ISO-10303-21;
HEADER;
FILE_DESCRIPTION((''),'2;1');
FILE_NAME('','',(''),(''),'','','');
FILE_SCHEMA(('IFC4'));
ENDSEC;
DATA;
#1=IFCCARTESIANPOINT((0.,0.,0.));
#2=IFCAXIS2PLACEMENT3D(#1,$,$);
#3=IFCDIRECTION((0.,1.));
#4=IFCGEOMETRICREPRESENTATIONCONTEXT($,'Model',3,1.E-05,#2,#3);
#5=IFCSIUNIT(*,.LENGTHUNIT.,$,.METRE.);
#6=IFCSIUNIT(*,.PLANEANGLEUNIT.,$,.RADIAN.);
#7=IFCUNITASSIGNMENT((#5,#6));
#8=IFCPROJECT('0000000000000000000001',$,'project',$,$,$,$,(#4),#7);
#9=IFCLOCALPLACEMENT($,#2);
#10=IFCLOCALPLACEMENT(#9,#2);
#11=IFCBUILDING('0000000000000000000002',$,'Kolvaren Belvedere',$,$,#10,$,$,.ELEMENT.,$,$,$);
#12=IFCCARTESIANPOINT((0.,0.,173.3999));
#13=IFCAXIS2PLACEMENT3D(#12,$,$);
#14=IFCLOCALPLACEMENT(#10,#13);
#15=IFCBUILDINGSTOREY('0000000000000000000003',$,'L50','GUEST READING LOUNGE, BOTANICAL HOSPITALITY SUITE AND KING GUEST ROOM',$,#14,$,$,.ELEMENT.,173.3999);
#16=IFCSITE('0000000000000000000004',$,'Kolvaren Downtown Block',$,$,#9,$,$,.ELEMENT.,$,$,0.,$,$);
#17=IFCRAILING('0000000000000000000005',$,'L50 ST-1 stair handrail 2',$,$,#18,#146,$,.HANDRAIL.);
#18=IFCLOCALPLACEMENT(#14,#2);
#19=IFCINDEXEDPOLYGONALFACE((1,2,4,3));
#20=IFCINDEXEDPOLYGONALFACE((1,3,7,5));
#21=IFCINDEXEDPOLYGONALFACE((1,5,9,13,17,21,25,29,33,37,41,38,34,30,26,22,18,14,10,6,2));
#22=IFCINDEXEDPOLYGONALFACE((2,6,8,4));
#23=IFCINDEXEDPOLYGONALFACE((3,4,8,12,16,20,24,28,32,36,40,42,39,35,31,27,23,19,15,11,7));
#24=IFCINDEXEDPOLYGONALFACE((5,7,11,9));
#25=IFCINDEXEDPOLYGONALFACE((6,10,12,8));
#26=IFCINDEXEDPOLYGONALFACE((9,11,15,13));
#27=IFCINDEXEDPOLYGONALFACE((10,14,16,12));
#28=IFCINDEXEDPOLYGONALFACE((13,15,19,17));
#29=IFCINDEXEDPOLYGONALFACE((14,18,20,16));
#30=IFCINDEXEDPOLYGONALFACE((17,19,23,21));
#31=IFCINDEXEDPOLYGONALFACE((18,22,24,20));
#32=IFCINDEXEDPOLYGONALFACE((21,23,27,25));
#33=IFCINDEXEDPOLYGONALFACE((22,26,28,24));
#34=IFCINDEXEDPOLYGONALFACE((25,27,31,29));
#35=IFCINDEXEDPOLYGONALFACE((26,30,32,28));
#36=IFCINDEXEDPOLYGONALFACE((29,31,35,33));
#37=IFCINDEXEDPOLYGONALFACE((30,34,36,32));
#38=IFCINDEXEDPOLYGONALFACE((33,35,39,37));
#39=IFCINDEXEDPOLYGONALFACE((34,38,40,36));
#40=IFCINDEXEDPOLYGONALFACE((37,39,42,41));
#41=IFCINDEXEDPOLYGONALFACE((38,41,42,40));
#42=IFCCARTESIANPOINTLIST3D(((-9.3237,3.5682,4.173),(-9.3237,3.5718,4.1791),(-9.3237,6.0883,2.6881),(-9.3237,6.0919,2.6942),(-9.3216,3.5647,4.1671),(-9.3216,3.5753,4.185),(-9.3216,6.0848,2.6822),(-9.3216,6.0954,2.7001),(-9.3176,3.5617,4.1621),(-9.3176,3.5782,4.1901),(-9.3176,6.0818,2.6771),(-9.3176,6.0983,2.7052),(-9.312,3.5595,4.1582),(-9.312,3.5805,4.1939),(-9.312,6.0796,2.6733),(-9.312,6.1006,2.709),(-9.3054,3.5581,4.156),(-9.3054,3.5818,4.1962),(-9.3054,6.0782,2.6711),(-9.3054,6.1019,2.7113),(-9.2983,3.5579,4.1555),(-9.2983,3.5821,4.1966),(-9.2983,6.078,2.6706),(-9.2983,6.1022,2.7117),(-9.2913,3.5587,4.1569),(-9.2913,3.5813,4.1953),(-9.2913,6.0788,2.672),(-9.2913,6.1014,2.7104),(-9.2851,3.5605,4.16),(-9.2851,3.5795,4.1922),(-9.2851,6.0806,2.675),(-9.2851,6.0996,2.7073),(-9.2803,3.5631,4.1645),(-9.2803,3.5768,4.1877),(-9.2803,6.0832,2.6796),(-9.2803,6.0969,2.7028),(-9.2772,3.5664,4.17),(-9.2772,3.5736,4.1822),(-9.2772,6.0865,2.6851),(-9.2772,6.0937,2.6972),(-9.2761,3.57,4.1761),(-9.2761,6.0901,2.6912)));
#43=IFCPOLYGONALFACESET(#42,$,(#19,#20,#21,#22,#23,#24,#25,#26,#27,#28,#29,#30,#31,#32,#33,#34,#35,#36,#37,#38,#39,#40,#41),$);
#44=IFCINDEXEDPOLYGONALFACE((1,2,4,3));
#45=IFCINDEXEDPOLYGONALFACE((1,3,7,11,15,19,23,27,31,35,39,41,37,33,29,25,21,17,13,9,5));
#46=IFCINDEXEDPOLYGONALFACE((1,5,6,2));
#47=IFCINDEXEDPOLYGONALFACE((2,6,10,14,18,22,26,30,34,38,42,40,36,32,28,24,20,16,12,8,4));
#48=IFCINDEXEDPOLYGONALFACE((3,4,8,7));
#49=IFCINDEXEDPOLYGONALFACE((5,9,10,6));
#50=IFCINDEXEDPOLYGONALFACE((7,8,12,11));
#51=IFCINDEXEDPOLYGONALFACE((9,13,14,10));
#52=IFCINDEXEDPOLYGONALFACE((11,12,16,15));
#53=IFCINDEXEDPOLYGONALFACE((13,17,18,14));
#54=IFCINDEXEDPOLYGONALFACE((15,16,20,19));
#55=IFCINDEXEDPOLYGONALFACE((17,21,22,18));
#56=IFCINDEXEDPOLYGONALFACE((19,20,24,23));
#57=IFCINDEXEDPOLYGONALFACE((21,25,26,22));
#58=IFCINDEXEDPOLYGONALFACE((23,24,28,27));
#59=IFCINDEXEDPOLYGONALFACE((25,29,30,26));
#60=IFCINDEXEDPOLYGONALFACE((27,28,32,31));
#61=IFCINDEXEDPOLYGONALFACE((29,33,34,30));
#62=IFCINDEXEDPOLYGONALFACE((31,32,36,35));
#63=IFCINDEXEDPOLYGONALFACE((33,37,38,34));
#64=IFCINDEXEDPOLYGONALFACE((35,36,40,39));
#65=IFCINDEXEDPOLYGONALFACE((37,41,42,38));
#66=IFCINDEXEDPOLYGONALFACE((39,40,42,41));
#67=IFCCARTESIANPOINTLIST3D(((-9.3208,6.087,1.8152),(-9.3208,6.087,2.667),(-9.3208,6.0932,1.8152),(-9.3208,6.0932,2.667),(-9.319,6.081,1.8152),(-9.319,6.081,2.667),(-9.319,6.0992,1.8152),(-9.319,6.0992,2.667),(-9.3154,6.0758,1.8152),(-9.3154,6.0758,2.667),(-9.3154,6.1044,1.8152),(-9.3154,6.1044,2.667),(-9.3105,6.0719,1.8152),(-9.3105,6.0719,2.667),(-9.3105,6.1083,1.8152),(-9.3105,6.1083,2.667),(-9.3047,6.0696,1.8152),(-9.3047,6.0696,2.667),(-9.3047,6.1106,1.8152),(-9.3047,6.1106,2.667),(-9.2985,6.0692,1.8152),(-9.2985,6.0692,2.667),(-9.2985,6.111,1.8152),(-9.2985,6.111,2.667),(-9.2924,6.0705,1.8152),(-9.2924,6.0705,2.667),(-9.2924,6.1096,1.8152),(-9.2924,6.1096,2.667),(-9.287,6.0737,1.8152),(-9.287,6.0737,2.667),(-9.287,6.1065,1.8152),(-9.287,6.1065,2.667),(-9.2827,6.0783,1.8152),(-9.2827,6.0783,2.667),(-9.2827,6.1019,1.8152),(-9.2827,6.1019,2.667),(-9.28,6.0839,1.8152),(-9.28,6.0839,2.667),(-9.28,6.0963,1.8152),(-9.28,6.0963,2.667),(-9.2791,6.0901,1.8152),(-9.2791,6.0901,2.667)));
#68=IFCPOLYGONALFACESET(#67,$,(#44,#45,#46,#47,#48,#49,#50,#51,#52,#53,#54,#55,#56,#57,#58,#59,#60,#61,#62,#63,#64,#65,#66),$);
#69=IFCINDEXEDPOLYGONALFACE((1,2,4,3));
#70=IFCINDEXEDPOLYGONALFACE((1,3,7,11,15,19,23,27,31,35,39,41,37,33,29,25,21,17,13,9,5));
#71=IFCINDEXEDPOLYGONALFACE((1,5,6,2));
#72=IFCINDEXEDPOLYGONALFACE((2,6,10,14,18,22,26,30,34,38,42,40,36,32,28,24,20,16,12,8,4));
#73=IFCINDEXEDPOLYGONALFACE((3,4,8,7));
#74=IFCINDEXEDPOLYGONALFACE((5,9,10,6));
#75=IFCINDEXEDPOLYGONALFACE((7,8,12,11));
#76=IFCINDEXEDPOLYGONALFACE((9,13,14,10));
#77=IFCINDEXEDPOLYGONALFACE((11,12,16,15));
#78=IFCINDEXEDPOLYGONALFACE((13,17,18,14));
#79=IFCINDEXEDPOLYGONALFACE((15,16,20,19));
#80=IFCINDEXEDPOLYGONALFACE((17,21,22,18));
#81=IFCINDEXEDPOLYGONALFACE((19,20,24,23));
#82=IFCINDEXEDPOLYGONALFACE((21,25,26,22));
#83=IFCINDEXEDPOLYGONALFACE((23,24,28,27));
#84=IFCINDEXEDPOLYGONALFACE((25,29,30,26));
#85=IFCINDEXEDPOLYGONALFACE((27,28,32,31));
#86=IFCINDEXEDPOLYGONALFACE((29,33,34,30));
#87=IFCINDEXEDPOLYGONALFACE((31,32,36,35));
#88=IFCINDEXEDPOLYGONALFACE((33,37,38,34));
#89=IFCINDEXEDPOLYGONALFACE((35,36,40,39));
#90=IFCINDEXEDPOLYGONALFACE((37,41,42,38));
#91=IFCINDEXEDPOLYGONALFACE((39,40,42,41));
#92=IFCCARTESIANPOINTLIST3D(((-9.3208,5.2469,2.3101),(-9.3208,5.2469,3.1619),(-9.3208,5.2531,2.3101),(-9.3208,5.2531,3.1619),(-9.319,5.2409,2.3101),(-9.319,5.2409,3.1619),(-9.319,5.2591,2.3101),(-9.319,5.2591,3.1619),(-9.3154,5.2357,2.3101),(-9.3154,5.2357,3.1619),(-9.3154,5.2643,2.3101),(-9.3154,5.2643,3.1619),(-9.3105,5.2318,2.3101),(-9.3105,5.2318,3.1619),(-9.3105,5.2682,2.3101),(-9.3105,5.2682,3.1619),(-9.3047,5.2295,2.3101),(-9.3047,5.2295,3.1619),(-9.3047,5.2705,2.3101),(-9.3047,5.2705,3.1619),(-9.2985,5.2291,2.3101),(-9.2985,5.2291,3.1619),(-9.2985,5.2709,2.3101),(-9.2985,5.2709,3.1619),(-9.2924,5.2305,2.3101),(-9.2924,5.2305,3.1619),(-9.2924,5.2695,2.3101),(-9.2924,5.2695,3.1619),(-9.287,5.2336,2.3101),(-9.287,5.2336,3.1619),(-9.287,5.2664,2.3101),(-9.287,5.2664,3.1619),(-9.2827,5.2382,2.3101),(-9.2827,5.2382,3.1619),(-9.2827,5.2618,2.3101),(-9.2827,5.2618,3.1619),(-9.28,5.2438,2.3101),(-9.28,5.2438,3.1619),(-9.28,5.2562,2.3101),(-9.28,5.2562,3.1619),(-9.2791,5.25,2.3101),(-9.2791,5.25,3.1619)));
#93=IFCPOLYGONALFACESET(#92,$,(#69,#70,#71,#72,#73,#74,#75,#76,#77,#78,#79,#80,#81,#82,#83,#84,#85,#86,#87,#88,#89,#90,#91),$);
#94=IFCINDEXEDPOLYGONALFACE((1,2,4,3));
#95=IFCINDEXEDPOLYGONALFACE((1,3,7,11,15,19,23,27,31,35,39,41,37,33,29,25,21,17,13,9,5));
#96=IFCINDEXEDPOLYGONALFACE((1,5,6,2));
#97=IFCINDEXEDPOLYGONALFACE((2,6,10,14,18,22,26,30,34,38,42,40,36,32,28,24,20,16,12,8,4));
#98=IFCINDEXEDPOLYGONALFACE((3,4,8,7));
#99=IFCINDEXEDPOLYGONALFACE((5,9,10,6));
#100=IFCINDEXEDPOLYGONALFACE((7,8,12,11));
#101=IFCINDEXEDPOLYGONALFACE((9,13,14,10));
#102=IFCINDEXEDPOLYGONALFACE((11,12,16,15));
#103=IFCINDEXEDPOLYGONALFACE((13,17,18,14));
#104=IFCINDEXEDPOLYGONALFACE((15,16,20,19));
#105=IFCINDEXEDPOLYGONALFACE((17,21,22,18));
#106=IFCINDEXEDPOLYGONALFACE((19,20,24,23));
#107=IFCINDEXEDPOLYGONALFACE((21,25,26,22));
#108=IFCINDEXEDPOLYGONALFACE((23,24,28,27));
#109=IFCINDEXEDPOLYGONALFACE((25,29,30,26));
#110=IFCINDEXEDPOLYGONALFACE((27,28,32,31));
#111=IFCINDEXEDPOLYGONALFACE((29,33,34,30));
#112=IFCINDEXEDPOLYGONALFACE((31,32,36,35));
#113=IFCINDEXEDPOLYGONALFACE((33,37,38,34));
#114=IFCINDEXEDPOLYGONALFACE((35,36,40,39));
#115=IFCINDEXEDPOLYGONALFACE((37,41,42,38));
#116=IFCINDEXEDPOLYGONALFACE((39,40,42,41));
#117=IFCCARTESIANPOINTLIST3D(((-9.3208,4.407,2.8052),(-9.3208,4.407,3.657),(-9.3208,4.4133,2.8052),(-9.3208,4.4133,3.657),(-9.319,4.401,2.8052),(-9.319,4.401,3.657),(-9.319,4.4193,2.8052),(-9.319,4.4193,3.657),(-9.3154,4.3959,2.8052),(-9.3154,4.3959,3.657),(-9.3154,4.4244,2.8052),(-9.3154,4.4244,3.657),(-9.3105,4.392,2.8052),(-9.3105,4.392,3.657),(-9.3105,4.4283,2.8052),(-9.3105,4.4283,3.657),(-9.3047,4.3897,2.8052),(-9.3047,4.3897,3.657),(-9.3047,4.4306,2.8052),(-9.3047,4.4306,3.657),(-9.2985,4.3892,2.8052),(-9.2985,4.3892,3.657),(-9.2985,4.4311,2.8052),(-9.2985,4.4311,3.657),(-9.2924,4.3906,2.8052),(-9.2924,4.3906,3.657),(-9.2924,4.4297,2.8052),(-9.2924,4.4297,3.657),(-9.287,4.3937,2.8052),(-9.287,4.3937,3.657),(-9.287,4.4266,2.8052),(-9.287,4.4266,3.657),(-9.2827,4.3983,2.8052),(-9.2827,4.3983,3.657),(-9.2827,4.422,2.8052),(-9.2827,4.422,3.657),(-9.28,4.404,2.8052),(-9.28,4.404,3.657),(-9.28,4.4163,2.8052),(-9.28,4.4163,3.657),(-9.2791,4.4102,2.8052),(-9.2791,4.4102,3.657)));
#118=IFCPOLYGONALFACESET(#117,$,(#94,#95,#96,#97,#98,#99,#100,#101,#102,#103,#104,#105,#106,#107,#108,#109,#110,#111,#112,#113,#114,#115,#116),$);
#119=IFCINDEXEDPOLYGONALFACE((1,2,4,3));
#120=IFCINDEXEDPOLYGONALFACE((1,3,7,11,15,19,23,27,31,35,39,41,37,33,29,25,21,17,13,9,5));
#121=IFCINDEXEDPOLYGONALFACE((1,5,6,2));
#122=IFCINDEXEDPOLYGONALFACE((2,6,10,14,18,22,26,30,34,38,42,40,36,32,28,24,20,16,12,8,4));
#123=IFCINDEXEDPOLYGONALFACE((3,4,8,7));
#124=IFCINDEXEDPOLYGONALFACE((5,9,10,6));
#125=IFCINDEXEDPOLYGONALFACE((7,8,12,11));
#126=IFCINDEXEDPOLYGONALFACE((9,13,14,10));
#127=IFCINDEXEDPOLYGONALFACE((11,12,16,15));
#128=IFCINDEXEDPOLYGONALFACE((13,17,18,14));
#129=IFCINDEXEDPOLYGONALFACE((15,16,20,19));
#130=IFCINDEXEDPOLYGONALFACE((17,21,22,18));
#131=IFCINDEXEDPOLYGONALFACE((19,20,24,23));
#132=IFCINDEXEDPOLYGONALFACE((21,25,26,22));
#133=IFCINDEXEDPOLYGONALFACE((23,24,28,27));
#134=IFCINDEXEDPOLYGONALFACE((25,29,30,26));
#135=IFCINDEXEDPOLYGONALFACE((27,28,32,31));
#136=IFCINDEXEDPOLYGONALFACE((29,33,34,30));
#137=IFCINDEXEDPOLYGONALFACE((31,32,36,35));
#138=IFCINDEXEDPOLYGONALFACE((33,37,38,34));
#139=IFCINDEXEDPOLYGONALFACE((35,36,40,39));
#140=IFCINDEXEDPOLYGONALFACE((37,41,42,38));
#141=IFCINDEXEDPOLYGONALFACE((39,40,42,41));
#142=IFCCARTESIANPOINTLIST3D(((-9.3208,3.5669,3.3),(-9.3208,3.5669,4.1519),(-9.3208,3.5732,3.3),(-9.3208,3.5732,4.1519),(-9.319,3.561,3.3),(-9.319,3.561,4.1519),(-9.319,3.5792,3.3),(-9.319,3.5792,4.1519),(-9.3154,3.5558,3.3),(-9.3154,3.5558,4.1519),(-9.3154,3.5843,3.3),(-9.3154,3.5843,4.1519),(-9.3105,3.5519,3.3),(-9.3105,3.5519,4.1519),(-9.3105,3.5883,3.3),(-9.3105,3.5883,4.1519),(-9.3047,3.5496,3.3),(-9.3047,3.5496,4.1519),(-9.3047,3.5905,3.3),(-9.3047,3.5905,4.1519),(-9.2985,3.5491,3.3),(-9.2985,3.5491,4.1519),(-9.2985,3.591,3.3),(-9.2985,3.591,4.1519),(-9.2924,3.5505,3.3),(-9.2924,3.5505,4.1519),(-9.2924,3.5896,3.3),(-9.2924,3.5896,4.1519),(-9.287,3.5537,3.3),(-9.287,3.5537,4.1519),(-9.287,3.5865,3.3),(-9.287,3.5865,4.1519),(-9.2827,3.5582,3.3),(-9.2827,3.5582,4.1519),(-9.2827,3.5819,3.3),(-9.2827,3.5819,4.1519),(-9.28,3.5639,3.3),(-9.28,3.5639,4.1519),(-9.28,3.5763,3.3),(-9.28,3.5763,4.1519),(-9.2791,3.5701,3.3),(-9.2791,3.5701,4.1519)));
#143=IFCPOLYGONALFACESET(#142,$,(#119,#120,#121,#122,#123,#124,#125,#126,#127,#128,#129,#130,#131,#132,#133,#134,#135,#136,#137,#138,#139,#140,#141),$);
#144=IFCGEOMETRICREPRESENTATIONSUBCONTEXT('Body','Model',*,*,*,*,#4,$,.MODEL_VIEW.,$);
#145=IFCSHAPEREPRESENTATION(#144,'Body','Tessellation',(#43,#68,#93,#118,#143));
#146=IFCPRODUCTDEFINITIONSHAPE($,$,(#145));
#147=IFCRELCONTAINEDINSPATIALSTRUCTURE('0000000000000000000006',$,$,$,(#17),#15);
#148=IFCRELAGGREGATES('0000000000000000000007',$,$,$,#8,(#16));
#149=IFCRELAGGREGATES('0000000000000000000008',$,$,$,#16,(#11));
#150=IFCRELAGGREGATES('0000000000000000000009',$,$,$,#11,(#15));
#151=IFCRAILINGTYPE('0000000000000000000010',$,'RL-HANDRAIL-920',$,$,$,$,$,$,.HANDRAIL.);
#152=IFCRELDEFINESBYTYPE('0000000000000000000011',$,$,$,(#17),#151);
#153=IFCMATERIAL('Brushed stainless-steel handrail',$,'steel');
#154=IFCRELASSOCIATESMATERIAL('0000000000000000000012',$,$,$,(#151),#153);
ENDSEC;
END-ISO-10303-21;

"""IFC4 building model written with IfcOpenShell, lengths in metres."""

from ifc_helpers import new_model, si_unit, direction, frame, origin, origin_2d, place, context, subcontext, project, spatial, circle, extrude, material, type_object, element, save


model = new_model("IFC4")

# Units and contexts
model_context = context("Model", 3, precision=1e-05, world=origin(), true_north=direction((0.0, 1.0)))
body_context = subcontext(model_context, "Body", "Model", "MODEL_VIEW")
ifc_project = project(units=[si_unit("LENGTHUNIT", "METRE"), si_unit("PLANEANGLEUNIT", "RADIAN")], contexts=[model_context])

# Site, building, storey
site_placement = place(None, origin())
site = spatial("IfcSite", under=ifc_project, at=site_placement, Name="Kolvaren Downtown Block", CompositionType="ELEMENT", RefElevation=0.0)
building_placement = place(site_placement, origin())
building = spatial("IfcBuilding", under=site, at=building_placement, Name="Kolvaren Belvedere", CompositionType="ELEMENT")
storey_placement = place(building_placement, frame((0.0, 0.0, 173.3999)))
storey = spatial("IfcBuildingStorey", under=building, at=storey_placement, Name="L50", Description="GUEST READING LOUNGE, BOTANICAL HOSPITALITY SUITE AND KING GUEST ROOM", CompositionType="ELEMENT", Elevation=173.3999)

# Railing
ifc_material_1 = material(Name="Brushed stainless-steel handrail", Category="steel")
railing_type_1 = type_object("IfcRailingType", Name="RL-HANDRAIL-920", PredefinedType="HANDRAIL", material=ifc_material_1)
railing_1_placement = place(storey_placement, frame((-9.3, 6.0901, 1.8152)))
element("IfcRailing", 1, at=railing_1_placement, inside=storey, type_object=railing_type_1, Name="L50 ST-1 stair handrail 2", PredefinedType="HANDRAIL", context=body_context, shape_type="SweptSolid", body=[
    extrude(circle(Radius=0.0239, at=origin_2d()), frame((0.0, 0.0, 0.876), z_axis=(0.0, -0.861561, 0.507655), x_axis=(1.0, 0.0, 0.0)), (0.0, 0.0, 1.0), 2.925),
    extrude(circle(Radius=0.021, at=origin_2d()), origin(), (0.0, 0.0, 1.0), 0.8518),
    extrude(circle(Radius=0.021, at=origin_2d()), frame((0.0, -0.8401, 0.4949)), (0.0, 0.0, 1.0), 0.8518),
    extrude(circle(Radius=0.021, at=origin_2d()), frame((0.0, -1.6799, 0.99)), (0.0, 0.0, 1.0), 0.8518),
    extrude(circle(Radius=0.021, at=origin_2d()), frame((0.0, -2.52, 1.4849)), (0.0, 0.0, 1.0), 0.8518),
])

save(model, "model.ifc")
